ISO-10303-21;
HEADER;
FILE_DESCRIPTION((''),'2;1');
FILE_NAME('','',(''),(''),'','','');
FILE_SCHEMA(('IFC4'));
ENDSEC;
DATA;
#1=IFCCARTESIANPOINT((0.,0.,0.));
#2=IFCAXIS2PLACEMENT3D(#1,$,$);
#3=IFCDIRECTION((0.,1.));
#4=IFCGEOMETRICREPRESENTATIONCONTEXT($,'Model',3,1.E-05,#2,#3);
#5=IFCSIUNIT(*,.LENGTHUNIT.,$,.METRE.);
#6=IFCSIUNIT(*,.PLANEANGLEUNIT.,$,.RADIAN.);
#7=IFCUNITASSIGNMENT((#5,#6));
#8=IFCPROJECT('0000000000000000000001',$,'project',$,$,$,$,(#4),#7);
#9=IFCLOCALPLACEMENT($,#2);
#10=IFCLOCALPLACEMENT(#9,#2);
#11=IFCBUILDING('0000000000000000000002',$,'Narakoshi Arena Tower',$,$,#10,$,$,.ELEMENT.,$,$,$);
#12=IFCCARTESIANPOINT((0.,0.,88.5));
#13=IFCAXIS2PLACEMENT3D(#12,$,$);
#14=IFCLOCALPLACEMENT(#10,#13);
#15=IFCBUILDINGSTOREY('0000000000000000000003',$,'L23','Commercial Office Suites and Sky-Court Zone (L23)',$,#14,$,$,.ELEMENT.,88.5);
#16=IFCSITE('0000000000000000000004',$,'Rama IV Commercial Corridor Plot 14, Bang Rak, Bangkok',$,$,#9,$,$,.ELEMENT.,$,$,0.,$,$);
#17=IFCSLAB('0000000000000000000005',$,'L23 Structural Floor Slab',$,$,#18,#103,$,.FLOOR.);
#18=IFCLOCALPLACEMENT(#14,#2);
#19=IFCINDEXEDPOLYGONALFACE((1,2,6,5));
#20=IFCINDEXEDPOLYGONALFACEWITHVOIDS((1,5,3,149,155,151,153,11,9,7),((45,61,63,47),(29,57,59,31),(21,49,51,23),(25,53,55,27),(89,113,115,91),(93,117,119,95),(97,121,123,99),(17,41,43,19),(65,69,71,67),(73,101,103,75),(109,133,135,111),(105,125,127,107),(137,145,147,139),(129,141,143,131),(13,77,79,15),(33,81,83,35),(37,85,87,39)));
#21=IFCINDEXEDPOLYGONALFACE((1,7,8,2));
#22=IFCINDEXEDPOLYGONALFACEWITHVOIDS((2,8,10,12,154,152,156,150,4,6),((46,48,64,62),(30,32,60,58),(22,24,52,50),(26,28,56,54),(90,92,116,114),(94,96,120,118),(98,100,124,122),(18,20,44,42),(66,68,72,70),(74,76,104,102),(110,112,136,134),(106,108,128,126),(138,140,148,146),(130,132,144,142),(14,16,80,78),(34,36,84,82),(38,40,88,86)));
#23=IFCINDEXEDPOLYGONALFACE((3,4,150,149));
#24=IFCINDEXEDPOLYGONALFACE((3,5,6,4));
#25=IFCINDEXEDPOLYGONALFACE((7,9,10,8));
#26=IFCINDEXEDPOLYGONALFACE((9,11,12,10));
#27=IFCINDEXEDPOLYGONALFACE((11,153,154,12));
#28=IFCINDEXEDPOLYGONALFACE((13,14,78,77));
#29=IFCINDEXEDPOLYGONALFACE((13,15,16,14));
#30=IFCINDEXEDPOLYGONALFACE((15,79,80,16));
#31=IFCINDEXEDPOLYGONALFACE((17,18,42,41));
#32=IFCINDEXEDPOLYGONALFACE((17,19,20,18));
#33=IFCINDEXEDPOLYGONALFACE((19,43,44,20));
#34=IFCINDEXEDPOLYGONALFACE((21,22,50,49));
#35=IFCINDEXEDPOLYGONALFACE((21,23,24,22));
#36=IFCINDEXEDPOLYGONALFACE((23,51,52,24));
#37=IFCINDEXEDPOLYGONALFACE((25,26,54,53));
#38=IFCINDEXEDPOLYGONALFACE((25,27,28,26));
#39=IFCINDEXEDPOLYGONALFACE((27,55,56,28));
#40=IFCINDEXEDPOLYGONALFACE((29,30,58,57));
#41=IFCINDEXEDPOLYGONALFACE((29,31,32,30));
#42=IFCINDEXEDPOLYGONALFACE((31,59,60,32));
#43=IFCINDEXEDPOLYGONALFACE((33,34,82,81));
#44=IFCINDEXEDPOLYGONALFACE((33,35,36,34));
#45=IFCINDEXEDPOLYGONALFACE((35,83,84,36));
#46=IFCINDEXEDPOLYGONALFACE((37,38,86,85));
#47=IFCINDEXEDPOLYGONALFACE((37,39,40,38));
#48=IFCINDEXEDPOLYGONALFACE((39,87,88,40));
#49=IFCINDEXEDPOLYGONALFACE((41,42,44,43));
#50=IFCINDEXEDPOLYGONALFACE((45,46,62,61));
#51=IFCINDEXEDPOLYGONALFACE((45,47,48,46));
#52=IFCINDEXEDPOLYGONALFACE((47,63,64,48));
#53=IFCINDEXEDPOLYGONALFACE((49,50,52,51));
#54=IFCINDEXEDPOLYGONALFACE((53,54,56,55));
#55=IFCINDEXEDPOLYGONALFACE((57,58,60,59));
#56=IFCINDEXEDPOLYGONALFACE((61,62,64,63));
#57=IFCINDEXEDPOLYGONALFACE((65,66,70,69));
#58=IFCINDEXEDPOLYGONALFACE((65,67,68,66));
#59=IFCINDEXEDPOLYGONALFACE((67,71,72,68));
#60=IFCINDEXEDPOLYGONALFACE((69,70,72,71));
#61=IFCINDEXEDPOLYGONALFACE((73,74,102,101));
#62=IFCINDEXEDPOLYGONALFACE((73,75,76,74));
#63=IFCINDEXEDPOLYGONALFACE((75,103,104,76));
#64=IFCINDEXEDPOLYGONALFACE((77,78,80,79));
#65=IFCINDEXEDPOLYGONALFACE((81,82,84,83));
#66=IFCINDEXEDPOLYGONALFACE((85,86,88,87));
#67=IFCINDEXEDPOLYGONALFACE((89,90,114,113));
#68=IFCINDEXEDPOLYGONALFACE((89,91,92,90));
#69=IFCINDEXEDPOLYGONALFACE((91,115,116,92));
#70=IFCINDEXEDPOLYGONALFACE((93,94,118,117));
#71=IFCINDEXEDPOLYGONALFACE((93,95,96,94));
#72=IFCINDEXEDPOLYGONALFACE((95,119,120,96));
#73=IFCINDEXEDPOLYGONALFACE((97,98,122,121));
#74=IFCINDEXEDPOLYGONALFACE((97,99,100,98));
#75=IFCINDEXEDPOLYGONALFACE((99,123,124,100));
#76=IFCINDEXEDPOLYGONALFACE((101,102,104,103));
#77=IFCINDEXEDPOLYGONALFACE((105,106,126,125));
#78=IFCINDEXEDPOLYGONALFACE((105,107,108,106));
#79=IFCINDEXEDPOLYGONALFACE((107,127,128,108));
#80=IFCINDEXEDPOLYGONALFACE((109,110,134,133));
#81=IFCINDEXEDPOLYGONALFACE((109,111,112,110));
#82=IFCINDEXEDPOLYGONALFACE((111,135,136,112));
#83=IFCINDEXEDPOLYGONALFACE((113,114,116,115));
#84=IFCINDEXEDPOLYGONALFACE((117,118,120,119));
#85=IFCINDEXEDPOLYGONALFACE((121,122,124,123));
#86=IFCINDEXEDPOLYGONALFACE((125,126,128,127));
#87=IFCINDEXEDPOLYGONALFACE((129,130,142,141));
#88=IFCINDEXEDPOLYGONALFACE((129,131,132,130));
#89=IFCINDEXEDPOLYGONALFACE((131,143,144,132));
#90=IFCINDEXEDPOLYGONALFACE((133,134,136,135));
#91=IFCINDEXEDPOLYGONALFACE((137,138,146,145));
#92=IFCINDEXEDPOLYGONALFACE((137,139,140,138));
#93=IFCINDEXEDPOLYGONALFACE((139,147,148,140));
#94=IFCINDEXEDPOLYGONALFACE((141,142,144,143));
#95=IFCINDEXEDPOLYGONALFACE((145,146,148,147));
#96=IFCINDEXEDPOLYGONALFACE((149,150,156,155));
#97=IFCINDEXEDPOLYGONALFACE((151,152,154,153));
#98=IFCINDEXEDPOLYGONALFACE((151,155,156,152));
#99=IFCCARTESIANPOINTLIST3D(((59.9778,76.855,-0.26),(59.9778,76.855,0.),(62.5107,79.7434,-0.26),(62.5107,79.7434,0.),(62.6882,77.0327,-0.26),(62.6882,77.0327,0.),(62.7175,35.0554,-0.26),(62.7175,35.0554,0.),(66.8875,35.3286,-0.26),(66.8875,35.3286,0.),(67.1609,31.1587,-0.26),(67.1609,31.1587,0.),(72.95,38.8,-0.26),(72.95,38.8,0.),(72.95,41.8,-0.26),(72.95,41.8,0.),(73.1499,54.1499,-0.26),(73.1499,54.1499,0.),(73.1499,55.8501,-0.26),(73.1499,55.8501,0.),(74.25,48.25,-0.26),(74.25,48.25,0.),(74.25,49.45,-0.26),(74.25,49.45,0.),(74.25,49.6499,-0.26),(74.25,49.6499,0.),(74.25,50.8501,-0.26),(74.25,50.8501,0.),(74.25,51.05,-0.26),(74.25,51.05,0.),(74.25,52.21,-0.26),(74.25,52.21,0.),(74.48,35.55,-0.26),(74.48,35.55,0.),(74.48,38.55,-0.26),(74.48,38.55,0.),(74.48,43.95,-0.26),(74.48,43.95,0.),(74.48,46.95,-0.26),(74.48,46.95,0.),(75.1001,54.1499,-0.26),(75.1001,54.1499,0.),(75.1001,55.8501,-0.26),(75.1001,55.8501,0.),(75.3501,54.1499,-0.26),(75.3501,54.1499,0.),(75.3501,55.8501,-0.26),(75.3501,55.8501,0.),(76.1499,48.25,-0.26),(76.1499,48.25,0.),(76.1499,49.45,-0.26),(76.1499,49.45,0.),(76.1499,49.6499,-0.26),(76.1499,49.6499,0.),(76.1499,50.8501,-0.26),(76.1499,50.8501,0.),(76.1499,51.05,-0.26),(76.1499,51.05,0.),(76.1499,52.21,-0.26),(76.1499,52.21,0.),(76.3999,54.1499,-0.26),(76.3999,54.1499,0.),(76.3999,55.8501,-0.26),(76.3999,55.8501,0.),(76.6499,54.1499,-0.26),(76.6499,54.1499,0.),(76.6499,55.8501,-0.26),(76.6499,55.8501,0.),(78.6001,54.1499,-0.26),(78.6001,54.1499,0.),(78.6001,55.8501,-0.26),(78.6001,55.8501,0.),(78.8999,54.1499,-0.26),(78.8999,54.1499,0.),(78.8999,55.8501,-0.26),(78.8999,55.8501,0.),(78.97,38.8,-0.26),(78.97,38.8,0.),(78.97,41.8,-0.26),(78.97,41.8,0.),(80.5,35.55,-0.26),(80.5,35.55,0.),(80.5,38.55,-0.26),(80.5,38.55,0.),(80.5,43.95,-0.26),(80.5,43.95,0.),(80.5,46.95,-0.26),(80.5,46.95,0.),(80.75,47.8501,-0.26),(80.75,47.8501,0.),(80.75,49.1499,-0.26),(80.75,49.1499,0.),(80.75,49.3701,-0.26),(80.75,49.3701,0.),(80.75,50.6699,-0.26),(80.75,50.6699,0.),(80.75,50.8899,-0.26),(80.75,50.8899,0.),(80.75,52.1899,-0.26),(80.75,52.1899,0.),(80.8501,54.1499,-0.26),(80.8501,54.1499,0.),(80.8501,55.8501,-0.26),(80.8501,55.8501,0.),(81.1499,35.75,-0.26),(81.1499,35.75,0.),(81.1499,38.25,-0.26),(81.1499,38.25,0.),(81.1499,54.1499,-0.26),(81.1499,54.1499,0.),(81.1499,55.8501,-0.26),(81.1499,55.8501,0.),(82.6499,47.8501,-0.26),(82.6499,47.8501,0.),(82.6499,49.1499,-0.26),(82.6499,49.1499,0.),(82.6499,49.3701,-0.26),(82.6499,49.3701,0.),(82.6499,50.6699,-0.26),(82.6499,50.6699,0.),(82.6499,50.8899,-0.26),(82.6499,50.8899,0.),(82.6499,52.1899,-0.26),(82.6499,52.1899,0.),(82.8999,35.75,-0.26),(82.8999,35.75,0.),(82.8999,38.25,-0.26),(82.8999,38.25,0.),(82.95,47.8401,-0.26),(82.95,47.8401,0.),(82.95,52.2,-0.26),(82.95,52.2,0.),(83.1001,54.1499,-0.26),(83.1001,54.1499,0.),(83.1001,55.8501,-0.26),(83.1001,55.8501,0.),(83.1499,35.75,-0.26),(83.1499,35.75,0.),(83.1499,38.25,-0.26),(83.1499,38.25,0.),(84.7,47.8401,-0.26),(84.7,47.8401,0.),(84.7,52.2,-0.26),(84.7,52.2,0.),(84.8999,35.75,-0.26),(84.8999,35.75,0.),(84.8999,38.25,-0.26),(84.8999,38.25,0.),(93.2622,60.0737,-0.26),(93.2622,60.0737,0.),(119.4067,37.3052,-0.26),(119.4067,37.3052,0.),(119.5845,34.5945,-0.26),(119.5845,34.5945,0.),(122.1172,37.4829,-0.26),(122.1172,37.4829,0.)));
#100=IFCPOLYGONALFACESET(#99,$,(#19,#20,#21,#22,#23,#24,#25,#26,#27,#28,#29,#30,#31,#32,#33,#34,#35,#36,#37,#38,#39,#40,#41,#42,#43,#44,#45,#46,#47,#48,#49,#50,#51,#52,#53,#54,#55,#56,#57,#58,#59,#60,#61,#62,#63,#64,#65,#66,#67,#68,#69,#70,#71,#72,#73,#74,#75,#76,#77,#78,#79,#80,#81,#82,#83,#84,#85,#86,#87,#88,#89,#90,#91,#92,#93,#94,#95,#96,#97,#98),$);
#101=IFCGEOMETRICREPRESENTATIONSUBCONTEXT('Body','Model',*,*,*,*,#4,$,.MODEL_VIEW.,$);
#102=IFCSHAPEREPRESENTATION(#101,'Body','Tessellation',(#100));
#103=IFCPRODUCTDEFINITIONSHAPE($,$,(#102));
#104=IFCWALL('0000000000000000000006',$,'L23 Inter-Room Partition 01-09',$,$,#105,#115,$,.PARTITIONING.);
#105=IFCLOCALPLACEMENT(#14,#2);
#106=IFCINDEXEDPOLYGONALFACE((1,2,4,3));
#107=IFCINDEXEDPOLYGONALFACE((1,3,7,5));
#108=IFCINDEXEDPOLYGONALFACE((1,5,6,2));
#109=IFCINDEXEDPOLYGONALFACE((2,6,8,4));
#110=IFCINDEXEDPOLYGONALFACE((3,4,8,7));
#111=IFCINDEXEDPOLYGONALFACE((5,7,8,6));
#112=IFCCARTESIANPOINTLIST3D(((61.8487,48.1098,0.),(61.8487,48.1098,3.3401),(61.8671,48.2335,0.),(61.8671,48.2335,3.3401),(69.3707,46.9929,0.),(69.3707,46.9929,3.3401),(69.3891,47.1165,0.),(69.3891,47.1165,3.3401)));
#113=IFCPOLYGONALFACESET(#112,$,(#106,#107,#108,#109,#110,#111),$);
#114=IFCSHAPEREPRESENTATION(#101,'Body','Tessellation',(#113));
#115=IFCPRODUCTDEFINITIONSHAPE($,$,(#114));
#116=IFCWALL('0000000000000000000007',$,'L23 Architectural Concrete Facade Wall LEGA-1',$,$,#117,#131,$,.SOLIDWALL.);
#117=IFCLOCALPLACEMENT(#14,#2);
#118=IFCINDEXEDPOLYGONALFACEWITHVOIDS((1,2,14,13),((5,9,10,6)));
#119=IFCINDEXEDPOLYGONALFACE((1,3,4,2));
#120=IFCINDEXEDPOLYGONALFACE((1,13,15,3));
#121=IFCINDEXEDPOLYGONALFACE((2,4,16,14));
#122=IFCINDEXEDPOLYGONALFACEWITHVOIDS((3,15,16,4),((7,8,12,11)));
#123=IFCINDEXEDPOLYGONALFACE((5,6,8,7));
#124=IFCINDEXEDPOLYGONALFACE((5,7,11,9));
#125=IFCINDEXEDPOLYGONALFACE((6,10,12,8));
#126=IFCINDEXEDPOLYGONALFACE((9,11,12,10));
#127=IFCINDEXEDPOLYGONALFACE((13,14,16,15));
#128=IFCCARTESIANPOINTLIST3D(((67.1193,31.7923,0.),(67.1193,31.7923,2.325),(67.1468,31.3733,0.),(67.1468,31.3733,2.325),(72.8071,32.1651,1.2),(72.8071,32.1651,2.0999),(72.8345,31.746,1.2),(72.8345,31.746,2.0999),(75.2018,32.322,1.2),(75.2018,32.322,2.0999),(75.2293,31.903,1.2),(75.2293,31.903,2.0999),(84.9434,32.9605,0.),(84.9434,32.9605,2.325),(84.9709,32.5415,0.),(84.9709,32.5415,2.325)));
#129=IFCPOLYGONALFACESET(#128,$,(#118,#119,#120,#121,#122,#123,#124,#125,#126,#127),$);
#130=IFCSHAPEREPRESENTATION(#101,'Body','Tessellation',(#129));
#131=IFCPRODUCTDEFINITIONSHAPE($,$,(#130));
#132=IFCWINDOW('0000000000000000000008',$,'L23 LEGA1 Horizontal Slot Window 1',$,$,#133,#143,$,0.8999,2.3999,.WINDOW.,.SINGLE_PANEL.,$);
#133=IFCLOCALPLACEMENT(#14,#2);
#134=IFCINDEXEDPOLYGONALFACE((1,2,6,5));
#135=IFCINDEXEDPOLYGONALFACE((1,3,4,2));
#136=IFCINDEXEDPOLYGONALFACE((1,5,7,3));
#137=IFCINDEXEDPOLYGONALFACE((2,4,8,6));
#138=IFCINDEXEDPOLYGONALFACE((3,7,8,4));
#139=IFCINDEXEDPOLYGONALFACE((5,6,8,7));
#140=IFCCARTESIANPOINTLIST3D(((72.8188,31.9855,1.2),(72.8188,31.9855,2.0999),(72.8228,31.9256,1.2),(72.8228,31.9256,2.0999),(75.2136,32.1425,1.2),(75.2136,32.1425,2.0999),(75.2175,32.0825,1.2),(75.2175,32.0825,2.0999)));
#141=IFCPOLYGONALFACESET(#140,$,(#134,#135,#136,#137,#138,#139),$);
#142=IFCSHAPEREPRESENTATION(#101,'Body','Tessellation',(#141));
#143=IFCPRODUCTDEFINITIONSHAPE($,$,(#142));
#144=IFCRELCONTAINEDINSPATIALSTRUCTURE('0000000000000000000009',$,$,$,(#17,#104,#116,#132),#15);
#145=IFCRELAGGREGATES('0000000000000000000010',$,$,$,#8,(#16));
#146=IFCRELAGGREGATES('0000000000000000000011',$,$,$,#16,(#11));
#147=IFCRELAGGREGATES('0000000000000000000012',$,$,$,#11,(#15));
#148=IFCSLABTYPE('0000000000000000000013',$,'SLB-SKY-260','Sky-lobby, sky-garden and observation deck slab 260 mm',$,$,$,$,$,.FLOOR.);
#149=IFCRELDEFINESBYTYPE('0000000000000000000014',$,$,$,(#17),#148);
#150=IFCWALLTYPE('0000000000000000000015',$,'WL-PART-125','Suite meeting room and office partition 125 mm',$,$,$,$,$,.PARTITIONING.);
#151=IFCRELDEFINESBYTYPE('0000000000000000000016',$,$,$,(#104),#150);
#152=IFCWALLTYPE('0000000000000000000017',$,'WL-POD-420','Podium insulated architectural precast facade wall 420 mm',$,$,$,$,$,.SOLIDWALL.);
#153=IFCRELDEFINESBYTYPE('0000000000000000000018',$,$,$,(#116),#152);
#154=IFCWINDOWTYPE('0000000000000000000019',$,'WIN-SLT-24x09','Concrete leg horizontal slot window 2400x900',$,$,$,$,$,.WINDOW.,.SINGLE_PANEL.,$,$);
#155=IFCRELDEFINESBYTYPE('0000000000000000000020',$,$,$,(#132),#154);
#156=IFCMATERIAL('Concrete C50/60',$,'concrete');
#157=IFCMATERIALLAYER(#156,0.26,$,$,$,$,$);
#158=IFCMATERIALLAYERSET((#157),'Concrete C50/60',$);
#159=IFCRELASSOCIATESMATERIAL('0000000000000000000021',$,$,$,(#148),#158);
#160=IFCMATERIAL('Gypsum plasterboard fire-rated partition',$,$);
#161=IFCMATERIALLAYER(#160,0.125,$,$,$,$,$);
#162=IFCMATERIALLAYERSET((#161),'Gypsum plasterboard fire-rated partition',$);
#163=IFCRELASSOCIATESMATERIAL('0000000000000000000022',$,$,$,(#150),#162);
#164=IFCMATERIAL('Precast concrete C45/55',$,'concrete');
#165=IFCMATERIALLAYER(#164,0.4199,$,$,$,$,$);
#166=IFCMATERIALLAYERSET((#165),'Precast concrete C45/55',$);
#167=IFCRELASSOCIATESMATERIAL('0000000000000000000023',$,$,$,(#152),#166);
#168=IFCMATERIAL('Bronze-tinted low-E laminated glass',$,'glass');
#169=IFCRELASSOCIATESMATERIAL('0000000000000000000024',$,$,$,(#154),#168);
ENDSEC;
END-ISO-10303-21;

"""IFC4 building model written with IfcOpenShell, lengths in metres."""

from ifc_helpers import new_model, si_unit, direction, frame, frame_2d, origin, place, context, subcontext, project, spatial, polyline, rectangle, outline, extrude, material, layer, layer_set, type_object, element, fill, save


model = new_model("IFC4")

# Units and contexts
model_context = context("Model", 3, precision=1e-05, world=origin(), true_north=direction((0.0, 1.0)))
body_context = subcontext(model_context, "Body", "Model", "MODEL_VIEW")
ifc_project = project(units=[si_unit("LENGTHUNIT", "METRE"), si_unit("PLANEANGLEUNIT", "RADIAN")], contexts=[model_context])

# Site, building, storey
site_placement = place(None, origin())
site = spatial("IfcSite", under=ifc_project, at=site_placement, Name="Rama IV Commercial Corridor Plot 14, Bang Rak, Bangkok", CompositionType="ELEMENT", RefElevation=0.0)
building_placement = place(site_placement, origin())
building = spatial("IfcBuilding", under=site, at=building_placement, Name="Narakoshi Arena Tower", CompositionType="ELEMENT")
storey_placement = place(building_placement, frame((0.0, 0.0, 88.5)))
storey = spatial("IfcBuildingStorey", under=building, at=storey_placement, Name="L23", Description="Commercial Office Suites and Sky-Court Zone (L23)", CompositionType="ELEMENT", Elevation=88.5)

# Slab
ifc_material_1 = material(Name="Concrete C50/60", Category="concrete")
ifc_layer_1 = layer(ifc_material_1, 0.26)
ifc_layer_set_1 = layer_set([ifc_layer_1], Name="Concrete C50/60")
slab_type_1 = type_object("IfcSlabType", Name="SLB-SKY-260", Description="Sky-lobby, sky-garden and observation deck slab 260 mm", PredefinedType="FLOOR", material=ifc_layer_set_1)
slab_1_placement = place(storey_placement, frame((0.0, 0.0, -0.26)))
element("IfcSlab", 1, at=slab_1_placement, inside=storey, type_object=slab_type_1, Name="L23 Structural Floor Slab", PredefinedType="FLOOR", context=body_context, shape_type="SweptSolid", body=[
    extrude(outline(polyline([(67.1609, 31.1587), (119.5845, 34.5945), (119.4067, 37.3052), (122.1172, 37.4829), (93.2622, 60.0737), (62.5107, 79.7434), (62.6882, 77.0327), (59.9778, 76.855), (62.7175, 35.0554), (66.8875, 35.3286), (67.1609, 31.1587)]), holes=[polyline([(74.48, 35.55), (74.48, 38.55), (80.5, 38.55), (80.5, 35.55), (74.48, 35.55)]), polyline([(81.1499, 35.75), (81.1499, 38.25), (82.8999, 38.25), (82.8999, 35.75), (81.1499, 35.75)]), polyline([(83.1499, 35.75), (83.1499, 38.25), (84.8999, 38.25), (84.8999, 35.75), (83.1499, 35.75)]), polyline([(72.95, 38.8), (72.95, 41.8), (78.97, 41.8), (78.97, 38.8), (72.95, 38.8)]), polyline([(74.48, 43.95), (74.48, 46.95), (80.5, 46.95), (80.5, 43.95), (74.48, 43.95)]), polyline([(82.95, 47.8401), (82.95, 52.2), (84.7, 52.2), (84.7, 47.8401), (82.95, 47.8401)]), polyline([(80.75, 47.8501), (80.75, 49.1499), (82.6499, 49.1499), (82.6499, 47.8501), (80.75, 47.8501)]), polyline([(74.25, 48.25), (74.25, 49.45), (76.1499, 49.45), (76.1499, 48.25), (74.25, 48.25)]), polyline([(80.75, 49.3701), (80.75, 50.6699), (82.6499, 50.6699), (82.6499, 49.3701), (80.75, 49.3701)]), polyline([(74.25, 49.6499), (74.25, 50.8501), (76.1499, 50.8501), (76.1499, 49.6499), (74.25, 49.6499)]), polyline([(80.75, 50.8899), (80.75, 52.1899), (82.6499, 52.1899), (82.6499, 50.8899), (80.75, 50.8899)]), polyline([(74.25, 51.05), (74.25, 52.21), (76.1499, 52.21), (76.1499, 51.05), (74.25, 51.05)]), polyline([(73.1499, 54.1499), (73.1499, 55.8501), (75.1001, 55.8501), (75.1001, 54.1499), (73.1499, 54.1499)]), polyline([(75.3501, 54.1499), (75.3501, 55.8501), (76.3999, 55.8501), (76.3999, 54.1499), (75.3501, 54.1499)]), polyline([(76.6499, 54.1499), (76.6499, 55.8501), (78.6001, 55.8501), (78.6001, 54.1499), (76.6499, 54.1499)]), polyline([(78.8999, 55.8501), (80.8501, 55.8501), (80.8501, 54.1499), (78.8999, 54.1499), (78.8999, 55.8501)]), polyline([(81.1499, 55.8501), (83.1001, 55.8501), (83.1001, 54.1499), (81.1499, 54.1499), (81.1499, 55.8501)])]), origin(), (0.0, 0.0, 1.0), 0.26),
])

# Wall
ifc_material_2 = material(Name="Gypsum plasterboard fire-rated partition")
ifc_layer_2 = layer(ifc_material_2, 0.125)
ifc_layer_set_2 = layer_set([ifc_layer_2], Name="Gypsum plasterboard fire-rated partition")
wall_type_1 = type_object("IfcWallType", Name="WL-PART-125", Description="Suite meeting room and office partition 125 mm", PredefinedType="PARTITIONING", material=ifc_layer_set_2)
wall_1_placement = place(storey_placement, frame((61.8579, 48.1716, 0.0), z_axis=(0.0, 0.0, 1.0), x_axis=(0.989154, -0.14688, 0.0)))
element("IfcWall", 2, at=wall_1_placement, inside=storey, type_object=wall_type_1, Name="L23 Inter-Room Partition 01-09", PredefinedType="PARTITIONING", context=body_context, shape_type="SweptSolid", body=[
    extrude(rectangle(XDim=7.6045, YDim=0.125, at=frame_2d((3.8022, 0.0))), origin(), (0.0, 0.0, 1.0), 3.3401),
])

# Wall, opening, window
ifc_material_3 = material(Name="Precast concrete C45/55", Category="concrete")
ifc_layer_3 = layer(ifc_material_3, 0.4199)
ifc_layer_set_3 = layer_set([ifc_layer_3], Name="Precast concrete C45/55")
wall_type_2 = type_object("IfcWallType", Name="WL-POD-420", Description="Podium insulated architectural precast facade wall 420 mm", PredefinedType="SOLIDWALL", material=ifc_layer_set_3)
wall_2_placement = place(storey_placement, frame((67.1331, 31.5828, 0.0), z_axis=(0.0, 0.0, 1.0), x_axis=(0.997859, 0.065401, 0.0)))
wall_2 = element("IfcWall", 3, at=wall_2_placement, inside=storey, type_object=wall_type_2, Name="L23 Architectural Concrete Facade Wall LEGA-1", PredefinedType="SOLIDWALL", context=body_context, shape_type="SweptSolid", body=[
    extrude(rectangle(XDim=17.8623, YDim=0.4199, at=frame_2d((8.9312, 0.0))), origin(), (0.0, 0.0, 1.0), 2.325),
])
opening_1_placement = place(wall_2_placement, frame((5.7, 0.0, 1.2)))
opening_1 = element("IfcOpeningElement", 4, at=opening_1_placement, cuts=wall_2, PredefinedType="OPENING", context=body_context, shape_type="SweptSolid", body=[
    extrude(rectangle(XDim=2.3999, YDim=0.8999, at=frame_2d((1.2, 0.45))), frame((0.0, 0.22, 0.0), z_axis=(0.0, -1.0, 0.0), x_axis=(1.0, 0.0, 0.0)), (0.0, 0.0, 1.0), 0.4399),
])
ifc_material_4 = material(Name="Bronze-tinted low-E laminated glass", Category="glass")
window_type_1 = type_object("IfcWindowType", Name="WIN-SLT-24x09", Description="Concrete leg horizontal slot window 2400x900", PartitioningType="SINGLE_PANEL", PredefinedType="WINDOW", material=ifc_material_4)
window_1_placement = place(opening_1_placement, origin())
window_1 = element("IfcWindow", 5, at=window_1_placement, inside=storey, type_object=window_type_1, Name="L23 LEGA1 Horizontal Slot Window 1", OverallHeight=0.8999, OverallWidth=2.3999, PartitioningType="SINGLE_PANEL", PredefinedType="WINDOW", context=body_context, shape_type="SweptSolid", body=[
    extrude(rectangle(XDim=2.3999, YDim=0.8999, at=frame_2d((1.2, 0.45))), frame((0.0, 0.03, 0.0), z_axis=(0.0, -1.0, 0.0), x_axis=(1.0, 0.0, 0.0)), (0.0, 0.0, 1.0), 0.0601),
])
fill(opening_1, window_1)

save(model, "model.ifc")
